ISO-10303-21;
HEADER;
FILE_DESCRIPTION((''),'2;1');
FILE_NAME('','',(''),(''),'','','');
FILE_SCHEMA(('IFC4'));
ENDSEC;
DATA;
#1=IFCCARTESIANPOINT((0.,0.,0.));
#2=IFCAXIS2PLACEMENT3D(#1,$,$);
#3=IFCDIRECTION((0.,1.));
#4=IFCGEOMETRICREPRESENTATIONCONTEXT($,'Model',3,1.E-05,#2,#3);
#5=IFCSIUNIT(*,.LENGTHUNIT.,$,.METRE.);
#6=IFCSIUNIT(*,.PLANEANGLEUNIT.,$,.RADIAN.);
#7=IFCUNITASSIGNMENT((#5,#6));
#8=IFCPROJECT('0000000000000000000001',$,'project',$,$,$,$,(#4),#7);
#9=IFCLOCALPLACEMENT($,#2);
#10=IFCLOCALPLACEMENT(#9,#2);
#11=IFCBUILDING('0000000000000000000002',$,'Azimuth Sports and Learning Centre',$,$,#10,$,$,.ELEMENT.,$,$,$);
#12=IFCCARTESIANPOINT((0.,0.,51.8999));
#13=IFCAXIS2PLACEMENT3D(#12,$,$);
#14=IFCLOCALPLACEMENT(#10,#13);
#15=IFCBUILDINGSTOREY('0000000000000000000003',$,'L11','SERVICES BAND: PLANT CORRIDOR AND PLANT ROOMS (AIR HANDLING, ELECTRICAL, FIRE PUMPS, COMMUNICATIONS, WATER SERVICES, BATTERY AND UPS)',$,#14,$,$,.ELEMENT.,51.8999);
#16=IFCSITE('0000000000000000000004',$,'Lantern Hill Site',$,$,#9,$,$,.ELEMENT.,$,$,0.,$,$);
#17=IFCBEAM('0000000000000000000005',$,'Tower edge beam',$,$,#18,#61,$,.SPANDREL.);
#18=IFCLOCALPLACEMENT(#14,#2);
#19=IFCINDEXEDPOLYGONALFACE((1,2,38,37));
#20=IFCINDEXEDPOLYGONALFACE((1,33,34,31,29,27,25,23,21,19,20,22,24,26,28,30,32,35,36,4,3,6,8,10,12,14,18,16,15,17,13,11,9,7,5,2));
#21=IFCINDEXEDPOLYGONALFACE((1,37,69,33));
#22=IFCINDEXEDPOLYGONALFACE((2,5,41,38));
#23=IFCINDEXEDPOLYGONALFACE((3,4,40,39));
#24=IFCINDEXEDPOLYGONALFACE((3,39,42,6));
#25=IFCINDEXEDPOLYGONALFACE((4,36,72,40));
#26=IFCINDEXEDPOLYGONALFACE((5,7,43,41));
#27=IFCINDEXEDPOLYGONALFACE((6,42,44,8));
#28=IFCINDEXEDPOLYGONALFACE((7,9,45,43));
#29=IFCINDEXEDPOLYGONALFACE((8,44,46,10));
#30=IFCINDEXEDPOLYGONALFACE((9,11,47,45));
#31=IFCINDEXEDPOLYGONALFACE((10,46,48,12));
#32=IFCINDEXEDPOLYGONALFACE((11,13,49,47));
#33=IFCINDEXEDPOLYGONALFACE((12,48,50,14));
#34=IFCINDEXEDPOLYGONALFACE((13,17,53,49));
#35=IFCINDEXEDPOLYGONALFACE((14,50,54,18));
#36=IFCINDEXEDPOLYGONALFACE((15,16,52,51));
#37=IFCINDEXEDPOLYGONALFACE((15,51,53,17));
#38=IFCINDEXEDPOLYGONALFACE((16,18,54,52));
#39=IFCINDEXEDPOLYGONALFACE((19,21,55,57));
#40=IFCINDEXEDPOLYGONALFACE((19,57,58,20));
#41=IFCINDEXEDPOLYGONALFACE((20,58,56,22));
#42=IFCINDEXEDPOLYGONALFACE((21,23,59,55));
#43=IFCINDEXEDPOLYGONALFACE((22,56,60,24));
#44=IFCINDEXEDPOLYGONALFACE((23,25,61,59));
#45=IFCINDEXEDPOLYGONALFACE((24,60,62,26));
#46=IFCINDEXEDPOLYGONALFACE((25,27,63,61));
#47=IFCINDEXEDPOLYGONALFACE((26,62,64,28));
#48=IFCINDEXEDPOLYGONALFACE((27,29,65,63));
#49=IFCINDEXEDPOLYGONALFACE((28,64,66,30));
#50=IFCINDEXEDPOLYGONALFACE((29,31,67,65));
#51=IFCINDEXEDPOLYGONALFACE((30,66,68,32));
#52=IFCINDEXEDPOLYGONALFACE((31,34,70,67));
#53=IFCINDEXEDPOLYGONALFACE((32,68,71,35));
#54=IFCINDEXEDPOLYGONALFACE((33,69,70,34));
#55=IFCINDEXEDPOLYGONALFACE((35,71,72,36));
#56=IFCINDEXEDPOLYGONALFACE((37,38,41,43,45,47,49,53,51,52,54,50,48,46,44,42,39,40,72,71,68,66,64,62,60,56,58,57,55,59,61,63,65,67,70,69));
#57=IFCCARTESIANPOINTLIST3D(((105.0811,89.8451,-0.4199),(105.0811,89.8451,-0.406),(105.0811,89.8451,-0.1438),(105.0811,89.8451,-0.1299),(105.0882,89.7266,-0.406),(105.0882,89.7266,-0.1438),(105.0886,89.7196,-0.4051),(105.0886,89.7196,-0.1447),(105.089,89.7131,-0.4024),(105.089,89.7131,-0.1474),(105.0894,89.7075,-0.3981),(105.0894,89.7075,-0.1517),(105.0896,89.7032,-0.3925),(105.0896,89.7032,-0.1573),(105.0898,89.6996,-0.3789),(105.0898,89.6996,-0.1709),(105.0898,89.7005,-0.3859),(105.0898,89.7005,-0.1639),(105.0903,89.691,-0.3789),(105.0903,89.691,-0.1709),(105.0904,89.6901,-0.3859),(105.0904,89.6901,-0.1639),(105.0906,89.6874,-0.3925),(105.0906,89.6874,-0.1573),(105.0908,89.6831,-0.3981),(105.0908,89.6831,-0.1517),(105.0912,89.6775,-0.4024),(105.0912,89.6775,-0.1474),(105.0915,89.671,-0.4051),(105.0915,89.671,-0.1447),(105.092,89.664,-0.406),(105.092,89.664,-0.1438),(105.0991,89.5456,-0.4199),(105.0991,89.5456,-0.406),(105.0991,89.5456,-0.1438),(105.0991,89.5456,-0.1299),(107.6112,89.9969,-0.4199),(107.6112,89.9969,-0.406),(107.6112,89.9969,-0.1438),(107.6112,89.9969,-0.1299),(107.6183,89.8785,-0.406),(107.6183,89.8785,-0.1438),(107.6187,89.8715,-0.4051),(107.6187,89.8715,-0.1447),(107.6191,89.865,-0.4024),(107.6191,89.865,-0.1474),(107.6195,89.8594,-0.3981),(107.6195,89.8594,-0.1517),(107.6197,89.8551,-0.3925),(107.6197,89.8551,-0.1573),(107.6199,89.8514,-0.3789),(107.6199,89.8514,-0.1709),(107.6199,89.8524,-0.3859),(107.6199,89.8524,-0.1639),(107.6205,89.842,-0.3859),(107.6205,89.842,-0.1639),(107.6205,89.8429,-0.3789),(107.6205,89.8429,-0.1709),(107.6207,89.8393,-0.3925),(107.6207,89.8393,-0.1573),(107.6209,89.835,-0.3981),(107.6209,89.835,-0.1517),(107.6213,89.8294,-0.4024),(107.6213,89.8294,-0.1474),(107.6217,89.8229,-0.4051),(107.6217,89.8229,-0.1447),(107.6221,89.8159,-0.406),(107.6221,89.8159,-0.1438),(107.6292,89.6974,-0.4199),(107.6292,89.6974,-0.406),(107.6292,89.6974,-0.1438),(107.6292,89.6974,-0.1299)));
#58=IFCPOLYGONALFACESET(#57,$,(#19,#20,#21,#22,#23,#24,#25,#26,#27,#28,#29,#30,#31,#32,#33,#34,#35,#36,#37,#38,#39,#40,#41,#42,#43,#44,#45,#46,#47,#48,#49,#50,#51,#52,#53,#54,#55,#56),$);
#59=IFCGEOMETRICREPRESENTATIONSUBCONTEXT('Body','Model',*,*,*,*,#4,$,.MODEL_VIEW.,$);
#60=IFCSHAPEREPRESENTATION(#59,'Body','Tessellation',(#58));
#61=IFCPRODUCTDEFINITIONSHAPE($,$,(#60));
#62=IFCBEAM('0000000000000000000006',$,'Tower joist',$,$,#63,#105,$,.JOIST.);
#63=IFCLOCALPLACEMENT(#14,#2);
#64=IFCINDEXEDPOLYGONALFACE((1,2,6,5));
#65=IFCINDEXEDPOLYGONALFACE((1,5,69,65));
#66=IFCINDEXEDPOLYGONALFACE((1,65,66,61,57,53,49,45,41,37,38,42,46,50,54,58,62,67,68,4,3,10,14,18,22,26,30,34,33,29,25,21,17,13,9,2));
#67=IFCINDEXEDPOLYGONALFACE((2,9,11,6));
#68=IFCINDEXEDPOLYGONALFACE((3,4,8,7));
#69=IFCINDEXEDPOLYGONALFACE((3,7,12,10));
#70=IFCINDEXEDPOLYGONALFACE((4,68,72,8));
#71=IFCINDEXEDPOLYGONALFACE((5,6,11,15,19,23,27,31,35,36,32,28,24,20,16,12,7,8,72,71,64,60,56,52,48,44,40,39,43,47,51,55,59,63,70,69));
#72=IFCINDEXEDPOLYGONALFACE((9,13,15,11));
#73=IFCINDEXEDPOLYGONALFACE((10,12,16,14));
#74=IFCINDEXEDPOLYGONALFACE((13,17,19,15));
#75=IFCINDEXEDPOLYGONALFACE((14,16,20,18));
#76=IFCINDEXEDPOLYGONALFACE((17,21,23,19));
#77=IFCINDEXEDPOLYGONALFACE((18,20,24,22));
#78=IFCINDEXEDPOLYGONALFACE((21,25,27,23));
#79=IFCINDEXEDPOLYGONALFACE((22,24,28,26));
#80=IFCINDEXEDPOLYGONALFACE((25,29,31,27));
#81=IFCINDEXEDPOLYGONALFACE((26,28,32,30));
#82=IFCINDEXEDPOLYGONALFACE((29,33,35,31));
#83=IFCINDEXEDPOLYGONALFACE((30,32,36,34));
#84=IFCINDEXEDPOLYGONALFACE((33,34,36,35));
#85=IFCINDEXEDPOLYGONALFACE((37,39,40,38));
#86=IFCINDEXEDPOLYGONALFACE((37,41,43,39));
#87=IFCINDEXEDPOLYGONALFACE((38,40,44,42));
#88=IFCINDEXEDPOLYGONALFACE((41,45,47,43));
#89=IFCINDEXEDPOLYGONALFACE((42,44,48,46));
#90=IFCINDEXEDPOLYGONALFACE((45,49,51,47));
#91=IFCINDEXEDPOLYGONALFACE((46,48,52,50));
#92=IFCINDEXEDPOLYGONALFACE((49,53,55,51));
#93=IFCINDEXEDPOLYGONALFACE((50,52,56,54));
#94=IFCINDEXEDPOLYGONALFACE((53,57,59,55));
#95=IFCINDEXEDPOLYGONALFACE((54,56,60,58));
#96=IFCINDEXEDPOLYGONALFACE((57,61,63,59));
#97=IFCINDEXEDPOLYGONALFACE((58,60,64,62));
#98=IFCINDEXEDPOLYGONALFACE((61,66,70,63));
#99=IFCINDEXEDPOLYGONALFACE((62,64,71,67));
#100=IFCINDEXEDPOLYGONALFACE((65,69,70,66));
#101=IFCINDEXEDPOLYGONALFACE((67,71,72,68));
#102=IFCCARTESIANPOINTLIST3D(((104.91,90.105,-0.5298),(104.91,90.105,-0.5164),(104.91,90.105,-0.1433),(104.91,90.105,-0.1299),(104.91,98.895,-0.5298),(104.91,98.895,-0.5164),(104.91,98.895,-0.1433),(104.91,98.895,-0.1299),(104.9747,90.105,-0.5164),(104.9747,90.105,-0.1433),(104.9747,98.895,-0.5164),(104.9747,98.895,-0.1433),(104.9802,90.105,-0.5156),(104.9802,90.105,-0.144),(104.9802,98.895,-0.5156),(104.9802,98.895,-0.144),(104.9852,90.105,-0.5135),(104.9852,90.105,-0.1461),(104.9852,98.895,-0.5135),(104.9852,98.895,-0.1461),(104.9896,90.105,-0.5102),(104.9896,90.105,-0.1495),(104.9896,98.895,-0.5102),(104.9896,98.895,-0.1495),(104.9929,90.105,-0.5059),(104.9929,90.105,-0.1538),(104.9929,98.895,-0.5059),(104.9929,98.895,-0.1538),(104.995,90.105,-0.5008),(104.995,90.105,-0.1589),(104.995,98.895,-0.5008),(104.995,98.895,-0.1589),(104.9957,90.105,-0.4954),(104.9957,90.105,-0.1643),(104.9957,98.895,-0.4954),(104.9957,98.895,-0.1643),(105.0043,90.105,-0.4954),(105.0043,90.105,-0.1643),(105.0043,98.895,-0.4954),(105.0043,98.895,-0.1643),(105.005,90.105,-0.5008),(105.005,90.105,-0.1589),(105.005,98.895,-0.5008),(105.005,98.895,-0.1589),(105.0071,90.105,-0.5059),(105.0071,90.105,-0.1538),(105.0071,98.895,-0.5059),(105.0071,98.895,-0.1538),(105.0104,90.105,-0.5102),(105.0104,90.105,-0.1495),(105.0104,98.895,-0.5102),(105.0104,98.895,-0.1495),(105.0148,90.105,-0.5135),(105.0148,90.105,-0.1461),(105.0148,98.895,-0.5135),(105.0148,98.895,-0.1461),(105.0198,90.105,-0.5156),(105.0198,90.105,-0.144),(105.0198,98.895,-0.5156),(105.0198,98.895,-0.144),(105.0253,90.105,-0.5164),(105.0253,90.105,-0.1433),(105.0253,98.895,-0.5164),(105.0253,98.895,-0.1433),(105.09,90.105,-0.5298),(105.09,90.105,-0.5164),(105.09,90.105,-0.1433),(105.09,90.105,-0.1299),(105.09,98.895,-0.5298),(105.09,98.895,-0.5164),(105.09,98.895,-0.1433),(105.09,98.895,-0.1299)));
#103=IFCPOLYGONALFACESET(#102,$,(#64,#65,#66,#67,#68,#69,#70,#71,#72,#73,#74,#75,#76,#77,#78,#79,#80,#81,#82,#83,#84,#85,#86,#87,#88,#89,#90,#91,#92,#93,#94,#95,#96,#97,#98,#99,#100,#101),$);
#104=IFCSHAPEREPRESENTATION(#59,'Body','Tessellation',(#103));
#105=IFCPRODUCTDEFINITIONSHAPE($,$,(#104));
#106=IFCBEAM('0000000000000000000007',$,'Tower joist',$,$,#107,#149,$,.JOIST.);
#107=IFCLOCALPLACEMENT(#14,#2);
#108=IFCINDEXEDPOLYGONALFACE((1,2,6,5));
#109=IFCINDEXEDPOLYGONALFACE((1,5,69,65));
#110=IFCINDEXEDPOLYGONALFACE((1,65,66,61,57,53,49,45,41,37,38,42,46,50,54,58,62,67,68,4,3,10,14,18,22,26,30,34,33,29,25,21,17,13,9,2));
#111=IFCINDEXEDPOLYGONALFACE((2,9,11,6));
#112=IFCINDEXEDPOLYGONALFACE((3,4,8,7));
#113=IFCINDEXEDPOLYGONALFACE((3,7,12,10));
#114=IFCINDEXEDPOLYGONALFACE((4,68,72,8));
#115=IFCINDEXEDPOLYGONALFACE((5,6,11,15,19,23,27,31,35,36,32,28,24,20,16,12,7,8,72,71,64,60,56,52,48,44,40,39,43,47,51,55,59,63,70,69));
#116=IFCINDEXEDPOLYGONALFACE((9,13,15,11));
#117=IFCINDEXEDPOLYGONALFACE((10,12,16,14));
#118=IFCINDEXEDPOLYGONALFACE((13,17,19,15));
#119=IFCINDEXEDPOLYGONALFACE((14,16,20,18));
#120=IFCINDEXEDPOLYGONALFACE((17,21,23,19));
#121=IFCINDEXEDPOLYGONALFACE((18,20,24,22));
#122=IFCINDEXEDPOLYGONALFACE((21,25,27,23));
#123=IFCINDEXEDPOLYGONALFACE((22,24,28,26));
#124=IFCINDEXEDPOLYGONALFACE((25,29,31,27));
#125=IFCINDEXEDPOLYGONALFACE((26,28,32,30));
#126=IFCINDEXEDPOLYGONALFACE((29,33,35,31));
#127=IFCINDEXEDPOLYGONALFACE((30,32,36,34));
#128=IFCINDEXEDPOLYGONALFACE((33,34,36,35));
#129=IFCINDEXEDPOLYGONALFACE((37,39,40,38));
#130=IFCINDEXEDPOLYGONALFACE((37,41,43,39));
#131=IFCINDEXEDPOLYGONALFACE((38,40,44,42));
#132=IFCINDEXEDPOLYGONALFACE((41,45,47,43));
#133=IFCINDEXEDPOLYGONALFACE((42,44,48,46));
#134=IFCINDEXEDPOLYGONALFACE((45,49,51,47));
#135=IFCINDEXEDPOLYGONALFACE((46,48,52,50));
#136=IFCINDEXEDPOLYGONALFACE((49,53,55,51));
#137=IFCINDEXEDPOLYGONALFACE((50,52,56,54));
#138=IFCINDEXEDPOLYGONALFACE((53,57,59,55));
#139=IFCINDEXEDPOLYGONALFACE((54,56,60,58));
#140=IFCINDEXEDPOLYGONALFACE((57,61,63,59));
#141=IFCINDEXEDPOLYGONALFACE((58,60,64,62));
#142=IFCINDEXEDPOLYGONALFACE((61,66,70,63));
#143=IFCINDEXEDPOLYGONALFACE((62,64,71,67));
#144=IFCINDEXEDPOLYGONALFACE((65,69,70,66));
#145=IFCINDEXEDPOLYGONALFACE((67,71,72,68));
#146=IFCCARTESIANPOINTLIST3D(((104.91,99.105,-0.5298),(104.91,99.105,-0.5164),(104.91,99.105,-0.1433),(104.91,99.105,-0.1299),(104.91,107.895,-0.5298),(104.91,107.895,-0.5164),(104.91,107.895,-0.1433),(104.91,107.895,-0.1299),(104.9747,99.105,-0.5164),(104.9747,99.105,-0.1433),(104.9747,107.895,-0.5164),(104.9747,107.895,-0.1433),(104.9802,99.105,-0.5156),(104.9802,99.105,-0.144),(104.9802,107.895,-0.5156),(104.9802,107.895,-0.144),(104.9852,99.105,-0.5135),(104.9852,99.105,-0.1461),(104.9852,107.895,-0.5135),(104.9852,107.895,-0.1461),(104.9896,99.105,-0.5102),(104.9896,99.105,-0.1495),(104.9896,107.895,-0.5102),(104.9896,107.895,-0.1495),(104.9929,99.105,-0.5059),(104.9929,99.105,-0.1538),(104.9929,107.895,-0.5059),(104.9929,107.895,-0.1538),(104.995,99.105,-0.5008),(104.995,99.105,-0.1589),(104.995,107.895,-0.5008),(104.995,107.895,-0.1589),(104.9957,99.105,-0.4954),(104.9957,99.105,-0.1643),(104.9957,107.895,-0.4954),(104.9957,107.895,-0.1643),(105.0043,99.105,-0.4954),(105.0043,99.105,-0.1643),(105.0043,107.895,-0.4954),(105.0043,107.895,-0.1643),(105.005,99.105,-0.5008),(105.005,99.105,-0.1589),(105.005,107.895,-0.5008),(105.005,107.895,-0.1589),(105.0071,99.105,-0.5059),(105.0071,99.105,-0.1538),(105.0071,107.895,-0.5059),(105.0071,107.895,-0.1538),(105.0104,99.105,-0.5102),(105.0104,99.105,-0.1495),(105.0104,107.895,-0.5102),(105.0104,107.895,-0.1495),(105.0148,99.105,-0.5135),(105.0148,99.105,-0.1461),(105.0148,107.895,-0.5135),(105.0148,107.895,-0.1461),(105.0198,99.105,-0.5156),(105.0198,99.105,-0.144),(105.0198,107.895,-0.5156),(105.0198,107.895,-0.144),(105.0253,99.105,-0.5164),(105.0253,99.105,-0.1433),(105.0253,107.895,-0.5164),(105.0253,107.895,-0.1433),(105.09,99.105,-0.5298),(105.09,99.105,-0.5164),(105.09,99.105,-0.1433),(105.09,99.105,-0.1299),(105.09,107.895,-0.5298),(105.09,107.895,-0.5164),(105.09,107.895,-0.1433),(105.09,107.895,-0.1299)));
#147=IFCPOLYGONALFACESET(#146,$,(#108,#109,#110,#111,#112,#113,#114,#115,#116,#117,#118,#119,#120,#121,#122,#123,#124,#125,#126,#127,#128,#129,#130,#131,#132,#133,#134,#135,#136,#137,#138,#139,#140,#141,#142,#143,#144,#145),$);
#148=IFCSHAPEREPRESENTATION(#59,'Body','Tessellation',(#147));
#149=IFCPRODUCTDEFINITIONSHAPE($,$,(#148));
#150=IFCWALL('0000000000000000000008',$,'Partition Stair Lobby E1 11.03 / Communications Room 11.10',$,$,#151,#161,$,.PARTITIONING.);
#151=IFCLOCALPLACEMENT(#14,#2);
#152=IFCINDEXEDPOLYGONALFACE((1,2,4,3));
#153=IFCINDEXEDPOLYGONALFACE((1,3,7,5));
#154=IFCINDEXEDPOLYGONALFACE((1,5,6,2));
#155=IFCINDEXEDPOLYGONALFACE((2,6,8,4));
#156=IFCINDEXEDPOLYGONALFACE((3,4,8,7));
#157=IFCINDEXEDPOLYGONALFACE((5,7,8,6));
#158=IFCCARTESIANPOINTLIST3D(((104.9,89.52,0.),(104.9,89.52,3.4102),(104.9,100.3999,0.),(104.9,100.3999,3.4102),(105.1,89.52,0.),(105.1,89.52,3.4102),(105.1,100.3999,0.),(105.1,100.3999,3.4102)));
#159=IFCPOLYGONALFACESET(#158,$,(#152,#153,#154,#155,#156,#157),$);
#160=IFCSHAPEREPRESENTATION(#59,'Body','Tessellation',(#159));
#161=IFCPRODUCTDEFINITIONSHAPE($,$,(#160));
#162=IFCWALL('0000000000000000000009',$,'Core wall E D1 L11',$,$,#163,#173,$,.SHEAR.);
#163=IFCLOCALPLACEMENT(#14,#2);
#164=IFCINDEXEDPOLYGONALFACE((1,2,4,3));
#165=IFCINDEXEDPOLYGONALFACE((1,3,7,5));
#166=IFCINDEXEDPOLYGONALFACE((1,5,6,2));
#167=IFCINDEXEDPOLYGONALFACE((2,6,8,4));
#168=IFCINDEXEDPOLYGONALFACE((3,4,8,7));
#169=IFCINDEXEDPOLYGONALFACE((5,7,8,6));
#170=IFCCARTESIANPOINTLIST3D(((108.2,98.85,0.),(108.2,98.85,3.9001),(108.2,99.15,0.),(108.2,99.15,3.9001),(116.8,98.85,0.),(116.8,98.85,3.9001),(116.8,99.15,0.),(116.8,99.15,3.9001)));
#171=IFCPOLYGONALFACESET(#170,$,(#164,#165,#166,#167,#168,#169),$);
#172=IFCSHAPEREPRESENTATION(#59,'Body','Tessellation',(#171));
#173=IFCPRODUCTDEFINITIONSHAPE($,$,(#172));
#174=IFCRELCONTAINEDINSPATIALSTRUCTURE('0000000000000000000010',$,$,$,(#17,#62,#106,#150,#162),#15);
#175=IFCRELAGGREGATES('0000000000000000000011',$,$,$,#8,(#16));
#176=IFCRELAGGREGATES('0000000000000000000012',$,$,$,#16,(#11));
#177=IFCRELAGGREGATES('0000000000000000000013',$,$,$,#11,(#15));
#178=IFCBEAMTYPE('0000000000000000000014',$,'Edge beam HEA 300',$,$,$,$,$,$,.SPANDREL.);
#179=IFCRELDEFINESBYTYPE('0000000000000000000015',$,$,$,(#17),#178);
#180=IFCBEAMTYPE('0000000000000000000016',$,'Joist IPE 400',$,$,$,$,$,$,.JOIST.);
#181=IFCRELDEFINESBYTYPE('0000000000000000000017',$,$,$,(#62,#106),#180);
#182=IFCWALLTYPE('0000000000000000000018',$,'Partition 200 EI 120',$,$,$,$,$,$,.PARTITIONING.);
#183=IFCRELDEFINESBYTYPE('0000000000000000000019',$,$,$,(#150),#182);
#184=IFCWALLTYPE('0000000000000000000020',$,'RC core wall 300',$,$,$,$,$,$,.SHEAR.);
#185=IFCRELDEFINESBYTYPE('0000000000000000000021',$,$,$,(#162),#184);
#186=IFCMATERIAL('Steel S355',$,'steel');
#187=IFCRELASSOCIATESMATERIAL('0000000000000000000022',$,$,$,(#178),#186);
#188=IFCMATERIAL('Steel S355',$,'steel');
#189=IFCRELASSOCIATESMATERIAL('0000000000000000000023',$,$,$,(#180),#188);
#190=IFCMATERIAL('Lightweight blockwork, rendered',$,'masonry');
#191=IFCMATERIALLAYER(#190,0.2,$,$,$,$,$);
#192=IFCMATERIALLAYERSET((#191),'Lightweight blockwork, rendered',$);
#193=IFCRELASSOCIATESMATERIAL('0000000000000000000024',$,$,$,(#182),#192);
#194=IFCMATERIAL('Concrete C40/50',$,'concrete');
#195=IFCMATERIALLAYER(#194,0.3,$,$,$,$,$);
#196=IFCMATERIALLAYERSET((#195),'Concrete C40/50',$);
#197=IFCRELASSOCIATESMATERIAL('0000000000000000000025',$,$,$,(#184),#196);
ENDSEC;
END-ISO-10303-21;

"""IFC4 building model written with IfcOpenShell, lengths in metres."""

from ifc_helpers import new_model, si_unit, direction, frame, frame_2d, origin, origin_2d, place, context, subcontext, project, spatial, rectangle, i_section, extrude, material, layer, layer_set, material_profile, profile_set, type_object, element, save


model = new_model("IFC4")

# Units and contexts
model_context = context("Model", 3, precision=1e-05, world=origin(), true_north=direction((0.0, 1.0)))
body_context = subcontext(model_context, "Body", "Model", "MODEL_VIEW")
ifc_project = project(units=[si_unit("LENGTHUNIT", "METRE"), si_unit("PLANEANGLEUNIT", "RADIAN")], contexts=[model_context])

# Site, building, storey
site_placement = place(None, origin())
site = spatial("IfcSite", under=ifc_project, at=site_placement, Name="Lantern Hill Site", CompositionType="ELEMENT", RefElevation=0.0)
building_placement = place(site_placement, origin())
building = spatial("IfcBuilding", under=site, at=building_placement, Name="Azimuth Sports and Learning Centre", CompositionType="ELEMENT")
storey_placement = place(building_placement, frame((0.0, 0.0, 51.8999)))
storey = spatial("IfcBuildingStorey", under=building, at=storey_placement, Name="L11", Description="SERVICES BAND: PLANT CORRIDOR AND PLANT ROOMS (AIR HANDLING, ELECTRICAL, FIRE PUMPS, COMMUNICATIONS, WATER SERVICES, BATTERY AND UPS)", CompositionType="ELEMENT", Elevation=51.8999)

# Beams
ifc_material_1 = material(Name="Steel S355", Category="steel")
ifc_material_profile_1 = material_profile(ifc_material_1, i_section(OverallWidth=0.3, OverallDepth=0.29, WebThickness=0.0085, FlangeThickness=0.0139, FilletRadius=0.0271, at=origin_2d()), Name="HEA 300")
ifc_profile_set_1 = profile_set([ifc_material_profile_1], Name="Steel S355")
beam_type_1 = type_object("IfcBeamType", Name="Edge beam HEA 300", PredefinedType="SPANDREL", material=ifc_profile_set_1)
beam_1_placement = place(storey_placement, frame((105.0901, 89.6953, -0.2749), z_axis=(0.998204, 0.059913, 0.0), x_axis=(-0.059913, 0.998204, 0.0)))
element("IfcBeam", 1, at=beam_1_placement, inside=storey, type_object=beam_type_1, Name="Tower edge beam", PredefinedType="SPANDREL", context=body_context, shape_type="SweptSolid", body=[
    extrude(i_section(OverallWidth=0.3, OverallDepth=0.29, WebThickness=0.0085, FlangeThickness=0.0139, FilletRadius=0.0271, at=origin_2d()), origin(), (0.0, 0.0, 1.0), 2.5347),
])
ifc_material_2 = material(Name="Steel S355", Category="steel")
ifc_material_profile_2 = material_profile(ifc_material_2, i_section(OverallWidth=0.1799, OverallDepth=0.3999, WebThickness=0.0085, FlangeThickness=0.0134, FilletRadius=0.021, at=origin_2d()), Name="IPE 400")
ifc_profile_set_2 = profile_set([ifc_material_profile_2], Name="Steel S355")
beam_type_2 = type_object("IfcBeamType", Name="Joist IPE 400", PredefinedType="JOIST", material=ifc_profile_set_2)
for number, where, z_axis, x_axis, name in (
    (2, (105.0, 90.105, -0.3298), (0.0, 1.0, 0.0), (-1.0, 0.0, 0.0), "Tower joist"),
    (3, (105.0, 99.105, -0.3298), (0.0, 1.0, 0.0), (-1.0, 0.0, 0.0), "Tower joist"),
):
    element("IfcBeam", number, at=place(storey_placement, frame(where, z_axis=z_axis, x_axis=x_axis)), inside=storey, type_object=beam_type_2, Name=name, PredefinedType="JOIST", context=body_context, shape_type="SweptSolid", body=[
        extrude(i_section(OverallWidth=0.1799, OverallDepth=0.3999, WebThickness=0.0085, FlangeThickness=0.0134, FilletRadius=0.021, at=origin_2d()), origin(), (0.0, 0.0, 1.0), 8.79),
    ])

# Walls
ifc_material_3 = material(Name="Lightweight blockwork, rendered", Category="masonry")
ifc_layer_1 = layer(ifc_material_3, 0.2)
ifc_layer_set_1 = layer_set([ifc_layer_1], Name="Lightweight blockwork, rendered")
wall_type_1 = type_object("IfcWallType", Name="Partition 200 EI 120", PredefinedType="PARTITIONING", material=ifc_layer_set_1)
wall_1_placement = place(storey_placement, frame((105.0, 89.52, 0.0), z_axis=(0.0, 0.0, 1.0), x_axis=(0.0, 1.0, 0.0)))
element("IfcWall", 4, at=wall_1_placement, inside=storey, type_object=wall_type_1, Name="Partition Stair Lobby E1 11.03 / Communications Room 11.10", PredefinedType="PARTITIONING", context=body_context, shape_type="SweptSolid", body=[
    extrude(rectangle(XDim=10.8799, YDim=0.2, at=frame_2d((5.4399, 0.0))), origin(), (0.0, 0.0, 1.0), 3.4102),
])
ifc_material_4 = material(Name="Concrete C40/50", Category="concrete")
ifc_layer_2 = layer(ifc_material_4, 0.3)
ifc_layer_set_2 = layer_set([ifc_layer_2], Name="Concrete C40/50")
wall_type_2 = type_object("IfcWallType", Name="RC core wall 300", PredefinedType="SHEAR", material=ifc_layer_set_2)
wall_2_placement = place(storey_placement, frame((108.2, 99.0, 0.0), z_axis=(0.0, 0.0, 1.0), x_axis=(1.0, 0.0, 0.0)))
element("IfcWall", 5, at=wall_2_placement, inside=storey, type_object=wall_type_2, Name="Core wall E D1 L11", PredefinedType="SHEAR", context=body_context, shape_type="SweptSolid", body=[
    extrude(rectangle(XDim=8.6001, YDim=0.3, at=frame_2d((4.3, 0.0))), origin(), (0.0, 0.0, 1.0), 3.9001),
])

save(model, "model.ifc")
